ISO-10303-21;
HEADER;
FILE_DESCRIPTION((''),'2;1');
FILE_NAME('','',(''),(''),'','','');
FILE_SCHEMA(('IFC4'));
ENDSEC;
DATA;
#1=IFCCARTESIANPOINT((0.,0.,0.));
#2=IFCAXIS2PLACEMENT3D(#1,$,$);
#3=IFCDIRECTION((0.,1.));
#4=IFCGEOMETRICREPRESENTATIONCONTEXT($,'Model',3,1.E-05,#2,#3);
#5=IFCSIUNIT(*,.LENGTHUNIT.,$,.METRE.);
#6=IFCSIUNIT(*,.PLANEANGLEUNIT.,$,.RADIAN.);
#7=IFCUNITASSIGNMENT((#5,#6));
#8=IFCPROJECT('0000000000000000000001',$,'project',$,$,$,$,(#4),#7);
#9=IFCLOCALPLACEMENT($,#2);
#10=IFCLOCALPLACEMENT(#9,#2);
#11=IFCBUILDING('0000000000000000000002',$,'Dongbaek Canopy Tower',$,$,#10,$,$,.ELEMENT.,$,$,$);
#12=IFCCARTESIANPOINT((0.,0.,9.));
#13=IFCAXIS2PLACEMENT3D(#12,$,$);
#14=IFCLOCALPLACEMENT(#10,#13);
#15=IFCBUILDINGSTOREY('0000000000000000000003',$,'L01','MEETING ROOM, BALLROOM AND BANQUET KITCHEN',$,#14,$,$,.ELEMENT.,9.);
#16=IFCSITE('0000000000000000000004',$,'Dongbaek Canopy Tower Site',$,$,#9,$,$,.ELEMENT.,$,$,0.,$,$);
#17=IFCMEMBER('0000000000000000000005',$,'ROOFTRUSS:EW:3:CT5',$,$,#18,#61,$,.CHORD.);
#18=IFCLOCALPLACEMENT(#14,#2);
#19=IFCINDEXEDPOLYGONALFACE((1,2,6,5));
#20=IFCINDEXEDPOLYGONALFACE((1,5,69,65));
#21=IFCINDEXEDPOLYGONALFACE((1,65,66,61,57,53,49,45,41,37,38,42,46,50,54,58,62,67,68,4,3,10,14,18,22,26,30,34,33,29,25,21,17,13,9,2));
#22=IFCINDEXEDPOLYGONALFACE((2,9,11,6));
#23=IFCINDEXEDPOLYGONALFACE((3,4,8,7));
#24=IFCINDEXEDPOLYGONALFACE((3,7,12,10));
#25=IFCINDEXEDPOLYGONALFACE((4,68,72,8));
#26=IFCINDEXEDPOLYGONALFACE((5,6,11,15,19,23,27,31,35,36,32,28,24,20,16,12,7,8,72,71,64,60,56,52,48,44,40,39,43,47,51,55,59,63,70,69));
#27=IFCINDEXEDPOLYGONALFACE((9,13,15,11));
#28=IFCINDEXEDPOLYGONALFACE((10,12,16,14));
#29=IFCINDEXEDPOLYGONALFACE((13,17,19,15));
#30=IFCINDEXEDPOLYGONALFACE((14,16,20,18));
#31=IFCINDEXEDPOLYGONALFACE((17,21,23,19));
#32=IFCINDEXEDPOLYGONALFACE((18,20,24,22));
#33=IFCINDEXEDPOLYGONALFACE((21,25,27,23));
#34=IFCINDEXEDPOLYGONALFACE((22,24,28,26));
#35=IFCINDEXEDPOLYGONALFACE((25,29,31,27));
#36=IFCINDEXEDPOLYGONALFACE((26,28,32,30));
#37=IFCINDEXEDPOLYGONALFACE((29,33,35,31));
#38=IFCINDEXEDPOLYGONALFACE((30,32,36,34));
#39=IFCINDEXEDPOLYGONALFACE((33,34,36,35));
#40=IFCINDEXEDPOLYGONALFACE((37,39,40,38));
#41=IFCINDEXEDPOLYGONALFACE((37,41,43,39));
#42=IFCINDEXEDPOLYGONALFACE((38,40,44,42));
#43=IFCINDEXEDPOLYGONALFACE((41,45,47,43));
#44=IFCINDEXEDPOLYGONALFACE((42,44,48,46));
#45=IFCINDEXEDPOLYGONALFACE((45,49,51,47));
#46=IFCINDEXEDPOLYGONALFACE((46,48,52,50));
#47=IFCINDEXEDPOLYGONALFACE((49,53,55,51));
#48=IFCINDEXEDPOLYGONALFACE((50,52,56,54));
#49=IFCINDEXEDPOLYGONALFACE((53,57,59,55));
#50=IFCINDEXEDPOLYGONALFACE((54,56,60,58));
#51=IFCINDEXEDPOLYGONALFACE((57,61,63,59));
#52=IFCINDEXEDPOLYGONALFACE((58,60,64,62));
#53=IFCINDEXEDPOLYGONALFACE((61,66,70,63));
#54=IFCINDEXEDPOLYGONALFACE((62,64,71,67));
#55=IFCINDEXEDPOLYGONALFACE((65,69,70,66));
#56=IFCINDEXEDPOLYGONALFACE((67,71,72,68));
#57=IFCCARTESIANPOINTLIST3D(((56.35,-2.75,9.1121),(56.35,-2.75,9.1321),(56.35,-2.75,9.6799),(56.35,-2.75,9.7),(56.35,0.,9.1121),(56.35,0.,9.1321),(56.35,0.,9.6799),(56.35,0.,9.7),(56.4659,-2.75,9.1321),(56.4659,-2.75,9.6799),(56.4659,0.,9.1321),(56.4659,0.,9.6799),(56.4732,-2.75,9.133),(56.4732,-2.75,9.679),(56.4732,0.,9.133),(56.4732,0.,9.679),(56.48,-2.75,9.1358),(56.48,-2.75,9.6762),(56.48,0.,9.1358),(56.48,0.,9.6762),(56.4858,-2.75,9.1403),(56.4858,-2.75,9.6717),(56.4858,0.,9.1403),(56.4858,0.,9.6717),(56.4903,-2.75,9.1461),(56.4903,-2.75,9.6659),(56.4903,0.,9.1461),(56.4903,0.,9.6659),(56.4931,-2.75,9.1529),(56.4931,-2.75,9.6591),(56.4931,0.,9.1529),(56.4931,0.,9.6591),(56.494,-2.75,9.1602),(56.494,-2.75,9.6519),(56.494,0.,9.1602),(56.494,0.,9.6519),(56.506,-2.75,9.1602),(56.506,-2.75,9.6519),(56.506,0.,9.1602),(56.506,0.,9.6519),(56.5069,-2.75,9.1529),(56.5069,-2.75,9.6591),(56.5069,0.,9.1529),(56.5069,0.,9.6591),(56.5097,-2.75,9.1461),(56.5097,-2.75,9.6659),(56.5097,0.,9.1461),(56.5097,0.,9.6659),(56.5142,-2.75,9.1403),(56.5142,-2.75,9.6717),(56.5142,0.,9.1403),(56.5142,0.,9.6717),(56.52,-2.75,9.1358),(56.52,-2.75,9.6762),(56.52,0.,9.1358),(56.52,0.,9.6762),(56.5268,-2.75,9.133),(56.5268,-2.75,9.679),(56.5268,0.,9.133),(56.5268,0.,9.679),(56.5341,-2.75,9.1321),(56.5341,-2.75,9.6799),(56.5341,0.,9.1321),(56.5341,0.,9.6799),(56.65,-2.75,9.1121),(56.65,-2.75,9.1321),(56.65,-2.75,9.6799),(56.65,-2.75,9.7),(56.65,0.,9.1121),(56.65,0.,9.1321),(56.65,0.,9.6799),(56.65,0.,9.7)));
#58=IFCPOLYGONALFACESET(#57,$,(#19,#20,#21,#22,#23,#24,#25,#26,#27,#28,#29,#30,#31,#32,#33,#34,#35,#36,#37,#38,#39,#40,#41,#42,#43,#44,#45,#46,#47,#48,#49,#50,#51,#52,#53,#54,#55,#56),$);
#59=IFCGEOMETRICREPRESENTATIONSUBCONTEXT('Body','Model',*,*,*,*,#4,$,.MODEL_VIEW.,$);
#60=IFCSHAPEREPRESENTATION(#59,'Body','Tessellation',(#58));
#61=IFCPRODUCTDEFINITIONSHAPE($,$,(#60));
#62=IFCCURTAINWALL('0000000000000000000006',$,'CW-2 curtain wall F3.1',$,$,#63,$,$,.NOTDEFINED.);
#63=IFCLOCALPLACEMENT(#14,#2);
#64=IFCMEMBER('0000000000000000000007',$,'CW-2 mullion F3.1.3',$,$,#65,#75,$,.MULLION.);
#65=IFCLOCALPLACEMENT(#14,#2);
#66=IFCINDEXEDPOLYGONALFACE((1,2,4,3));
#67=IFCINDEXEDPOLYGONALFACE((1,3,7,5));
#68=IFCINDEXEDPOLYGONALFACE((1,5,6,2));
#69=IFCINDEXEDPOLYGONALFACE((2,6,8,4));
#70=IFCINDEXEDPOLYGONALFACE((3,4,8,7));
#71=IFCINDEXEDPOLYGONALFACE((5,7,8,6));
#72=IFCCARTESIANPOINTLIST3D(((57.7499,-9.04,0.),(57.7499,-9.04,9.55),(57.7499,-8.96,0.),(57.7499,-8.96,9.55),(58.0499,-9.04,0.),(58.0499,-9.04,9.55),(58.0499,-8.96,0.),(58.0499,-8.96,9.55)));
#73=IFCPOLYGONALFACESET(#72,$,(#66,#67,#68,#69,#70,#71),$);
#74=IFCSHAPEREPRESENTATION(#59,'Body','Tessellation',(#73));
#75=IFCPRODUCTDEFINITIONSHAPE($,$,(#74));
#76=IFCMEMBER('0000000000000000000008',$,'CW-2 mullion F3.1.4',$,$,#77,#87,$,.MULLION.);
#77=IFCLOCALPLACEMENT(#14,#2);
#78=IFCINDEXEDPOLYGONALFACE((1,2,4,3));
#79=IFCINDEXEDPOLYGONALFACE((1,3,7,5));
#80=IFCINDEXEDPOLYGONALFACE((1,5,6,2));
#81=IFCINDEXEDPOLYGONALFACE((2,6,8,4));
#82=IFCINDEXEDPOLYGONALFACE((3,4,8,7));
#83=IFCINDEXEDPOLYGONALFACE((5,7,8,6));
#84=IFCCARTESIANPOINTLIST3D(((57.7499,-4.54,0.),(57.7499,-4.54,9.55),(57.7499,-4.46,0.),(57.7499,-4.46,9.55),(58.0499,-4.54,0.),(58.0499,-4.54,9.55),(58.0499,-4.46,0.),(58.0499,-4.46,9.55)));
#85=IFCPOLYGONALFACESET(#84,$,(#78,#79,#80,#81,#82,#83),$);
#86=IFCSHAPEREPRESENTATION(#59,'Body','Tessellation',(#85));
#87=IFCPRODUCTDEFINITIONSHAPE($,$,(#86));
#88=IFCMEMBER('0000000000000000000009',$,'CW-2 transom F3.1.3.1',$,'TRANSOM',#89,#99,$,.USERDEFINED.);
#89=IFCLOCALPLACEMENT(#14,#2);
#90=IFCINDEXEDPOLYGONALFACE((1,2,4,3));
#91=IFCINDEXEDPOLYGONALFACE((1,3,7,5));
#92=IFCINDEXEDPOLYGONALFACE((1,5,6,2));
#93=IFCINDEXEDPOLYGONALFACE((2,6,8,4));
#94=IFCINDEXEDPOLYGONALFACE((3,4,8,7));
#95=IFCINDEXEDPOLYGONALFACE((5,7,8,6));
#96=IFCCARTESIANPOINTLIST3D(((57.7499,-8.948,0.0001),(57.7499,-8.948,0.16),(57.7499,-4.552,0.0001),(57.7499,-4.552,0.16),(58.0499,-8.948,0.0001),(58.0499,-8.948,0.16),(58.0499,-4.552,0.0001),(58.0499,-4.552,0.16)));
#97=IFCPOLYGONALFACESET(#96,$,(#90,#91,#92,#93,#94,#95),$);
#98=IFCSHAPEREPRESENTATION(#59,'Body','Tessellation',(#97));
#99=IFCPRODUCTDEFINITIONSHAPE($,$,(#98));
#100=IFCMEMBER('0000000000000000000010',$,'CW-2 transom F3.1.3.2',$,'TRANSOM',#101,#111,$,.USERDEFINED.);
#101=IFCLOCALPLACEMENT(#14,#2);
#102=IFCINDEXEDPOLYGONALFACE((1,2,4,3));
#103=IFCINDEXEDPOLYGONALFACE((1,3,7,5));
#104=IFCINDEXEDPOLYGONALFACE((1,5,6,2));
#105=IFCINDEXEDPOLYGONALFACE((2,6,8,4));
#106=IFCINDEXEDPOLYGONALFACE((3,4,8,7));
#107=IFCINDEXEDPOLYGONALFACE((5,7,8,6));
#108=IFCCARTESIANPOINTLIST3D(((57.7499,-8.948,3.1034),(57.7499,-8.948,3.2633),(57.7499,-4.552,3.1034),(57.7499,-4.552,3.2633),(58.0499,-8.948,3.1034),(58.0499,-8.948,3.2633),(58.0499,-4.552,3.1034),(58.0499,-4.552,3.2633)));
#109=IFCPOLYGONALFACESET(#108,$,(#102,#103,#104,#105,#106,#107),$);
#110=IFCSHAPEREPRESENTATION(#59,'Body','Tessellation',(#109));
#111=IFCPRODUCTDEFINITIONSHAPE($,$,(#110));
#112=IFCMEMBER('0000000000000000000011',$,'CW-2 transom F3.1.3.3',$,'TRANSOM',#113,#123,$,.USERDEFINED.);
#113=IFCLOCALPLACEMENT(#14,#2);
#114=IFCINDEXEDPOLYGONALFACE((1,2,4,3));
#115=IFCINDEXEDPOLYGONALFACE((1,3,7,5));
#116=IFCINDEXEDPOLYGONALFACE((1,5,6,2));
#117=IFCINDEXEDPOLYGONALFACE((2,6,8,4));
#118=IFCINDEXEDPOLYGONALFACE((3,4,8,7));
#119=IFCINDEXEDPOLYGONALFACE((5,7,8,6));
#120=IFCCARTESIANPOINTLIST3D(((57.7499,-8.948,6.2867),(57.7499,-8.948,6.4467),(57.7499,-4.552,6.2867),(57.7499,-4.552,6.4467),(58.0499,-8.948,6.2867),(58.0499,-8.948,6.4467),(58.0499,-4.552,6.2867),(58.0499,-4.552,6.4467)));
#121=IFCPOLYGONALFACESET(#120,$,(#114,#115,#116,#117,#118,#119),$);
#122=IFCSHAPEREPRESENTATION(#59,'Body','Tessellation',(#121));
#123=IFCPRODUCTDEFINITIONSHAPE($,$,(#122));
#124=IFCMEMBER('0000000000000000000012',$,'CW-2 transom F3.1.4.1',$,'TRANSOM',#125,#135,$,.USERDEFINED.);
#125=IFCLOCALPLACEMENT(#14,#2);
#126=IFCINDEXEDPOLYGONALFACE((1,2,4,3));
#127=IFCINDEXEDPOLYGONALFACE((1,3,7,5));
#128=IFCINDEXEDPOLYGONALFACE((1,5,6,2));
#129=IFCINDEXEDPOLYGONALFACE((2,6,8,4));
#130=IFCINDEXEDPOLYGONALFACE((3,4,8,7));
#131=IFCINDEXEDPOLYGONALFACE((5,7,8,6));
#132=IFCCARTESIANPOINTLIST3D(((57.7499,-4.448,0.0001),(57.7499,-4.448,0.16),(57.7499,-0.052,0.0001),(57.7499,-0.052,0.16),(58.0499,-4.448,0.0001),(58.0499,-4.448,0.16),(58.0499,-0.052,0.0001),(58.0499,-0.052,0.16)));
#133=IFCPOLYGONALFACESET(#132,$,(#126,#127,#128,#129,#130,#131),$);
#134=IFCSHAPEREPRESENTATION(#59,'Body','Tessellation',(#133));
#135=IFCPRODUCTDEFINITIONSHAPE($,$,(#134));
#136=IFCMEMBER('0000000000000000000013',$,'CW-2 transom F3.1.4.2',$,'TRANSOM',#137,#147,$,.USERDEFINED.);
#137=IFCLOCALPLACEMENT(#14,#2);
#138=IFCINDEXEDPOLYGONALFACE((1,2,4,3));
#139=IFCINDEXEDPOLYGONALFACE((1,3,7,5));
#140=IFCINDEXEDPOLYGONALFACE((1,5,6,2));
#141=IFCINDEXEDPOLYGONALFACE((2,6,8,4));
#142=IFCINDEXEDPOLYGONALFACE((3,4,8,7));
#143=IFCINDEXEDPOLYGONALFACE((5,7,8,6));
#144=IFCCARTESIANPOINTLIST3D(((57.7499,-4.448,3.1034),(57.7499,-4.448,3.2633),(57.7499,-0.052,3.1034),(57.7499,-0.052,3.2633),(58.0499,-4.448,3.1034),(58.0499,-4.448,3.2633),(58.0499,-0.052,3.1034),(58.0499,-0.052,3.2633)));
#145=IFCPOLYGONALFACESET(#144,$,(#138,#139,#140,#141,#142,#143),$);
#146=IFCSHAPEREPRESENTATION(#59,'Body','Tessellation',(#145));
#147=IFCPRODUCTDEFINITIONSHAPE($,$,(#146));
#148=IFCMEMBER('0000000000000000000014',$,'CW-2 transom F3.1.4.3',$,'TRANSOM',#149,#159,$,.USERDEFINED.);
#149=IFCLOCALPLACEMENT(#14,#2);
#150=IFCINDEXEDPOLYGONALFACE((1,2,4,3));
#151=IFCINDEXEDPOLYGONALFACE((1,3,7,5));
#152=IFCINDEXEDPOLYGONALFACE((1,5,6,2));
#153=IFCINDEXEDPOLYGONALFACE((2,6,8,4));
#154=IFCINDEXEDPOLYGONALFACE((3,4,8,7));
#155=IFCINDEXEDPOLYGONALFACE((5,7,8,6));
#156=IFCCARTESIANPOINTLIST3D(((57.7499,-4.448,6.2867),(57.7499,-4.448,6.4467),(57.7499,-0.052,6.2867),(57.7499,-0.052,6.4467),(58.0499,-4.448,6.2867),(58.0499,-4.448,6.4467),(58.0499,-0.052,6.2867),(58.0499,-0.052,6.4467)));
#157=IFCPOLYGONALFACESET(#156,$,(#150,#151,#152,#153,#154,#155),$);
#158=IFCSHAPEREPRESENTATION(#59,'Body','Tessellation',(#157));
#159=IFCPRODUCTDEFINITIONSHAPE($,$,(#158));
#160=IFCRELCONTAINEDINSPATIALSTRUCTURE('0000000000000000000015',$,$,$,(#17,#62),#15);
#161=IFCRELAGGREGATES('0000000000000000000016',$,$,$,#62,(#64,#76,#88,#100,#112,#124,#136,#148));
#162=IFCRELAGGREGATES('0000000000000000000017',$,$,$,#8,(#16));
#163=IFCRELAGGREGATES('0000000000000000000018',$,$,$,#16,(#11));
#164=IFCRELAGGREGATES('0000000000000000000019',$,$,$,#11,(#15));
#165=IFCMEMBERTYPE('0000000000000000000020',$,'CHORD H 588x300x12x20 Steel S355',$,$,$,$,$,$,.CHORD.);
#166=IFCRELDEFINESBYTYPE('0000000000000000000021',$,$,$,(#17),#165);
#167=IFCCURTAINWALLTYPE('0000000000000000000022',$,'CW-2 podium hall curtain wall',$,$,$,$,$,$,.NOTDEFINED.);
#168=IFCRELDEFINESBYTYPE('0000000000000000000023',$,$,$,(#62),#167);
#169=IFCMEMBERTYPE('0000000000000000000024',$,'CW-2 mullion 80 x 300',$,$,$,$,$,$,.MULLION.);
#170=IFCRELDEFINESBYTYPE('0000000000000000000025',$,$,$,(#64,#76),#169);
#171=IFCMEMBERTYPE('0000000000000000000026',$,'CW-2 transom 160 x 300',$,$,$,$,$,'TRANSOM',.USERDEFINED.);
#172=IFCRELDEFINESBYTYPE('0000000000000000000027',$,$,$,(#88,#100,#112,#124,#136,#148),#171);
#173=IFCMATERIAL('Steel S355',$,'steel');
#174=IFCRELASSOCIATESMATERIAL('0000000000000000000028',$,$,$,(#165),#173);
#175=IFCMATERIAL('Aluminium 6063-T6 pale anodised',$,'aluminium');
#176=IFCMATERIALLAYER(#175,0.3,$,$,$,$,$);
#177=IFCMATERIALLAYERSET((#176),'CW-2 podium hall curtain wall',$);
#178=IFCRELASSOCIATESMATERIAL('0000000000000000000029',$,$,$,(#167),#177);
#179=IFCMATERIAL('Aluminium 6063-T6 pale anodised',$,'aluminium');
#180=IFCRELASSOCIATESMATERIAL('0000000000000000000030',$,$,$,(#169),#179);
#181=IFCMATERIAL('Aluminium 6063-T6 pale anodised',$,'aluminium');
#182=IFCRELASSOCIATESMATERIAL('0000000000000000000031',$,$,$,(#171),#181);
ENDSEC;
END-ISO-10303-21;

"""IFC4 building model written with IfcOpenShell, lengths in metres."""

from ifc_helpers import new_model, si_unit, direction, frame, origin, origin_2d, place, context, subcontext, project, spatial, rectangle, i_section, extrude, material, layer, layer_set, material_profile, profile_set, type_object, element, aggregate, save


model = new_model("IFC4")

# Units and contexts
model_context = context("Model", 3, precision=1e-05, world=origin(), true_north=direction((0.0, 1.0)))
body_context = subcontext(model_context, "Body", "Model", "MODEL_VIEW")
ifc_project = project(units=[si_unit("LENGTHUNIT", "METRE"), si_unit("PLANEANGLEUNIT", "RADIAN")], contexts=[model_context])

# Site, building, storey
site_placement = place(None, origin())
site = spatial("IfcSite", under=ifc_project, at=site_placement, Name="Dongbaek Canopy Tower Site", CompositionType="ELEMENT", RefElevation=0.0)
building_placement = place(site_placement, origin())
building = spatial("IfcBuilding", under=site, at=building_placement, Name="Dongbaek Canopy Tower", CompositionType="ELEMENT")
storey_placement = place(building_placement, frame((0.0, 0.0, 9.0)))
storey = spatial("IfcBuildingStorey", under=building, at=storey_placement, Name="L01", Description="MEETING ROOM, BALLROOM AND BANQUET KITCHEN", CompositionType="ELEMENT", Elevation=9.0)

# Member
ifc_material_1 = material(Name="Steel S355", Category="steel")
ifc_material_profile_1 = material_profile(ifc_material_1, i_section(OverallWidth=0.3, OverallDepth=0.5879, WebThickness=0.012, FlangeThickness=0.02, FilletRadius=0.0281, at=origin_2d()), Name="CHORD H 588x300x12x20 Steel S355")
ifc_profile_set_1 = profile_set([ifc_material_profile_1], Name="Steel S355")
member_type_1 = type_object("IfcMemberType", Name="CHORD H 588x300x12x20 Steel S355", PredefinedType="CHORD", material=ifc_profile_set_1)
for number, where, z_axis, x_axis, name in (
    (1, (56.5, -2.75, 9.406), (0.0, 1.0, 0.0), (-1.0, 0.0, 0.0), "ROOFTRUSS:EW:3:CT5"),
):
    element("IfcMember", number, at=place(storey_placement, frame(where, z_axis=z_axis, x_axis=x_axis)), inside=storey, type_object=member_type_1, Name=name, PredefinedType="CHORD", context=body_context, shape_type="SweptSolid", body=[
        extrude(i_section(OverallWidth=0.3, OverallDepth=0.5879, WebThickness=0.012, FlangeThickness=0.02, FilletRadius=0.0281, at=origin_2d()), origin(), (0.0, 0.0, 1.0), 2.75),
    ])

# Curtain wall, members
ifc_material_2 = material(Name="Aluminium 6063-T6 pale anodised", Category="aluminium")
ifc_layer_1 = layer(ifc_material_2, 0.3)
ifc_layer_set_1 = layer_set([ifc_layer_1], Name="CW-2 podium hall curtain wall")
curtain_wall_type = type_object("IfcCurtainWallType", Name="CW-2 podium hall curtain wall", PredefinedType="NOTDEFINED", material=ifc_layer_set_1)
curtain_wall_placement = place(storey_placement, origin())
curtain_wall = element("IfcCurtainWall", 2, at=curtain_wall_placement, inside=storey, type_object=curtain_wall_type, Name="CW-2 curtain wall F3.1", PredefinedType="NOTDEFINED")
ifc_material_3 = material(Name="Aluminium 6063-T6 pale anodised", Category="aluminium")
ifc_material_profile_2 = material_profile(ifc_material_3, rectangle(XDim=0.3, YDim=0.0801, at=origin_2d()), Name="CW-2 mullion 80 x 300")
ifc_profile_set_2 = profile_set([ifc_material_profile_2], Name="Aluminium 6063-T6 pale anodised")
member_type_2 = type_object("IfcMemberType", Name="CW-2 mullion 80 x 300", PredefinedType="MULLION", material=ifc_profile_set_2)
member_1_placement = place(storey_placement, frame((57.8999, -9.0, 0.0), z_axis=(0.0, 0.0, 1.0), x_axis=(1.0, 0.0, 0.0)))
member_1 = element("IfcMember", 3, at=member_1_placement, type_object=member_type_2, Name="CW-2 mullion F3.1.3", PredefinedType="MULLION", context=body_context, shape_type="SweptSolid", body=[
    extrude(rectangle(XDim=0.3, YDim=0.0801, at=origin_2d()), origin(), (0.0, 0.0, 1.0), 9.55),
])
member_2_placement = place(storey_placement, frame((57.8999, -4.5, 0.0), z_axis=(0.0, 0.0, 1.0), x_axis=(1.0, 0.0, 0.0)))
member_2 = element("IfcMember", 4, at=member_2_placement, type_object=member_type_2, Name="CW-2 mullion F3.1.4", PredefinedType="MULLION", context=body_context, shape_type="SweptSolid", body=[
    extrude(rectangle(XDim=0.3, YDim=0.0801, at=origin_2d()), origin(), (0.0, 0.0, 1.0), 9.55),
])
ifc_material_4 = material(Name="Aluminium 6063-T6 pale anodised", Category="aluminium")
ifc_material_profile_3 = material_profile(ifc_material_4, rectangle(XDim=0.3, YDim=0.1599, at=origin_2d()), Name="CW-2 transom 160 x 300")
ifc_profile_set_3 = profile_set([ifc_material_profile_3], Name="Aluminium 6063-T6 pale anodised")
member_type_3 = type_object("IfcMemberType", Name="CW-2 transom 160 x 300", ElementType="TRANSOM", PredefinedType="USERDEFINED", material=ifc_profile_set_3)
member_3_placement = place(storey_placement, frame((57.8999, -8.948, 0.0801), z_axis=(0.0, 1.0, 0.0), x_axis=(-1.0, 0.0, 0.0)))
member_3 = element("IfcMember", 5, at=member_3_placement, type_object=member_type_3, Name="CW-2 transom F3.1.3.1", ObjectType="TRANSOM", PredefinedType="USERDEFINED", context=body_context, shape_type="SweptSolid", body=[
    extrude(rectangle(XDim=0.3, YDim=0.1599, at=origin_2d()), origin(), (0.0, 0.0, 1.0), 4.396),
])
member_4_placement = place(storey_placement, frame((57.8999, -8.948, 3.1833), z_axis=(0.0, 1.0, 0.0), x_axis=(-1.0, 0.0, 0.0)))
member_4 = element("IfcMember", 6, at=member_4_placement, type_object=member_type_3, Name="CW-2 transom F3.1.3.2", ObjectType="TRANSOM", PredefinedType="USERDEFINED", context=body_context, shape_type="SweptSolid", body=[
    extrude(rectangle(XDim=0.3, YDim=0.1599, at=origin_2d()), origin(), (0.0, 0.0, 1.0), 4.396),
])
member_5_placement = place(storey_placement, frame((57.8999, -8.948, 6.3667), z_axis=(0.0, 1.0, 0.0), x_axis=(-1.0, 0.0, 0.0)))
member_5 = element("IfcMember", 7, at=member_5_placement, type_object=member_type_3, Name="CW-2 transom F3.1.3.3", ObjectType="TRANSOM", PredefinedType="USERDEFINED", context=body_context, shape_type="SweptSolid", body=[
    extrude(rectangle(XDim=0.3, YDim=0.1599, at=origin_2d()), origin(), (0.0, 0.0, 1.0), 4.396),
])
member_6_placement = place(storey_placement, frame((57.8999, -4.448, 0.0801), z_axis=(0.0, 1.0, 0.0), x_axis=(-1.0, 0.0, 0.0)))
member_6 = element("IfcMember", 8, at=member_6_placement, type_object=member_type_3, Name="CW-2 transom F3.1.4.1", ObjectType="TRANSOM", PredefinedType="USERDEFINED", context=body_context, shape_type="SweptSolid", body=[
    extrude(rectangle(XDim=0.3, YDim=0.1599, at=origin_2d()), origin(), (0.0, 0.0, 1.0), 4.396),
])
member_7_placement = place(storey_placement, frame((57.8999, -4.448, 3.1833), z_axis=(0.0, 1.0, 0.0), x_axis=(-1.0, 0.0, 0.0)))
member_7 = element("IfcMember", 9, at=member_7_placement, type_object=member_type_3, Name="CW-2 transom F3.1.4.2", ObjectType="TRANSOM", PredefinedType="USERDEFINED", context=body_context, shape_type="SweptSolid", body=[
    extrude(rectangle(XDim=0.3, YDim=0.1599, at=origin_2d()), origin(), (0.0, 0.0, 1.0), 4.396),
])
member_8_placement = place(storey_placement, frame((57.8999, -4.448, 6.3667), z_axis=(0.0, 1.0, 0.0), x_axis=(-1.0, 0.0, 0.0)))
member_8 = element("IfcMember", 10, at=member_8_placement, type_object=member_type_3, Name="CW-2 transom F3.1.4.3", ObjectType="TRANSOM", PredefinedType="USERDEFINED", context=body_context, shape_type="SweptSolid", body=[
    extrude(rectangle(XDim=0.3, YDim=0.1599, at=origin_2d()), origin(), (0.0, 0.0, 1.0), 4.396),
])

aggregate(curtain_wall, [member_1, member_2, member_3, member_4, member_5, member_6, member_7, member_8])

save(model, "model.ifc")
